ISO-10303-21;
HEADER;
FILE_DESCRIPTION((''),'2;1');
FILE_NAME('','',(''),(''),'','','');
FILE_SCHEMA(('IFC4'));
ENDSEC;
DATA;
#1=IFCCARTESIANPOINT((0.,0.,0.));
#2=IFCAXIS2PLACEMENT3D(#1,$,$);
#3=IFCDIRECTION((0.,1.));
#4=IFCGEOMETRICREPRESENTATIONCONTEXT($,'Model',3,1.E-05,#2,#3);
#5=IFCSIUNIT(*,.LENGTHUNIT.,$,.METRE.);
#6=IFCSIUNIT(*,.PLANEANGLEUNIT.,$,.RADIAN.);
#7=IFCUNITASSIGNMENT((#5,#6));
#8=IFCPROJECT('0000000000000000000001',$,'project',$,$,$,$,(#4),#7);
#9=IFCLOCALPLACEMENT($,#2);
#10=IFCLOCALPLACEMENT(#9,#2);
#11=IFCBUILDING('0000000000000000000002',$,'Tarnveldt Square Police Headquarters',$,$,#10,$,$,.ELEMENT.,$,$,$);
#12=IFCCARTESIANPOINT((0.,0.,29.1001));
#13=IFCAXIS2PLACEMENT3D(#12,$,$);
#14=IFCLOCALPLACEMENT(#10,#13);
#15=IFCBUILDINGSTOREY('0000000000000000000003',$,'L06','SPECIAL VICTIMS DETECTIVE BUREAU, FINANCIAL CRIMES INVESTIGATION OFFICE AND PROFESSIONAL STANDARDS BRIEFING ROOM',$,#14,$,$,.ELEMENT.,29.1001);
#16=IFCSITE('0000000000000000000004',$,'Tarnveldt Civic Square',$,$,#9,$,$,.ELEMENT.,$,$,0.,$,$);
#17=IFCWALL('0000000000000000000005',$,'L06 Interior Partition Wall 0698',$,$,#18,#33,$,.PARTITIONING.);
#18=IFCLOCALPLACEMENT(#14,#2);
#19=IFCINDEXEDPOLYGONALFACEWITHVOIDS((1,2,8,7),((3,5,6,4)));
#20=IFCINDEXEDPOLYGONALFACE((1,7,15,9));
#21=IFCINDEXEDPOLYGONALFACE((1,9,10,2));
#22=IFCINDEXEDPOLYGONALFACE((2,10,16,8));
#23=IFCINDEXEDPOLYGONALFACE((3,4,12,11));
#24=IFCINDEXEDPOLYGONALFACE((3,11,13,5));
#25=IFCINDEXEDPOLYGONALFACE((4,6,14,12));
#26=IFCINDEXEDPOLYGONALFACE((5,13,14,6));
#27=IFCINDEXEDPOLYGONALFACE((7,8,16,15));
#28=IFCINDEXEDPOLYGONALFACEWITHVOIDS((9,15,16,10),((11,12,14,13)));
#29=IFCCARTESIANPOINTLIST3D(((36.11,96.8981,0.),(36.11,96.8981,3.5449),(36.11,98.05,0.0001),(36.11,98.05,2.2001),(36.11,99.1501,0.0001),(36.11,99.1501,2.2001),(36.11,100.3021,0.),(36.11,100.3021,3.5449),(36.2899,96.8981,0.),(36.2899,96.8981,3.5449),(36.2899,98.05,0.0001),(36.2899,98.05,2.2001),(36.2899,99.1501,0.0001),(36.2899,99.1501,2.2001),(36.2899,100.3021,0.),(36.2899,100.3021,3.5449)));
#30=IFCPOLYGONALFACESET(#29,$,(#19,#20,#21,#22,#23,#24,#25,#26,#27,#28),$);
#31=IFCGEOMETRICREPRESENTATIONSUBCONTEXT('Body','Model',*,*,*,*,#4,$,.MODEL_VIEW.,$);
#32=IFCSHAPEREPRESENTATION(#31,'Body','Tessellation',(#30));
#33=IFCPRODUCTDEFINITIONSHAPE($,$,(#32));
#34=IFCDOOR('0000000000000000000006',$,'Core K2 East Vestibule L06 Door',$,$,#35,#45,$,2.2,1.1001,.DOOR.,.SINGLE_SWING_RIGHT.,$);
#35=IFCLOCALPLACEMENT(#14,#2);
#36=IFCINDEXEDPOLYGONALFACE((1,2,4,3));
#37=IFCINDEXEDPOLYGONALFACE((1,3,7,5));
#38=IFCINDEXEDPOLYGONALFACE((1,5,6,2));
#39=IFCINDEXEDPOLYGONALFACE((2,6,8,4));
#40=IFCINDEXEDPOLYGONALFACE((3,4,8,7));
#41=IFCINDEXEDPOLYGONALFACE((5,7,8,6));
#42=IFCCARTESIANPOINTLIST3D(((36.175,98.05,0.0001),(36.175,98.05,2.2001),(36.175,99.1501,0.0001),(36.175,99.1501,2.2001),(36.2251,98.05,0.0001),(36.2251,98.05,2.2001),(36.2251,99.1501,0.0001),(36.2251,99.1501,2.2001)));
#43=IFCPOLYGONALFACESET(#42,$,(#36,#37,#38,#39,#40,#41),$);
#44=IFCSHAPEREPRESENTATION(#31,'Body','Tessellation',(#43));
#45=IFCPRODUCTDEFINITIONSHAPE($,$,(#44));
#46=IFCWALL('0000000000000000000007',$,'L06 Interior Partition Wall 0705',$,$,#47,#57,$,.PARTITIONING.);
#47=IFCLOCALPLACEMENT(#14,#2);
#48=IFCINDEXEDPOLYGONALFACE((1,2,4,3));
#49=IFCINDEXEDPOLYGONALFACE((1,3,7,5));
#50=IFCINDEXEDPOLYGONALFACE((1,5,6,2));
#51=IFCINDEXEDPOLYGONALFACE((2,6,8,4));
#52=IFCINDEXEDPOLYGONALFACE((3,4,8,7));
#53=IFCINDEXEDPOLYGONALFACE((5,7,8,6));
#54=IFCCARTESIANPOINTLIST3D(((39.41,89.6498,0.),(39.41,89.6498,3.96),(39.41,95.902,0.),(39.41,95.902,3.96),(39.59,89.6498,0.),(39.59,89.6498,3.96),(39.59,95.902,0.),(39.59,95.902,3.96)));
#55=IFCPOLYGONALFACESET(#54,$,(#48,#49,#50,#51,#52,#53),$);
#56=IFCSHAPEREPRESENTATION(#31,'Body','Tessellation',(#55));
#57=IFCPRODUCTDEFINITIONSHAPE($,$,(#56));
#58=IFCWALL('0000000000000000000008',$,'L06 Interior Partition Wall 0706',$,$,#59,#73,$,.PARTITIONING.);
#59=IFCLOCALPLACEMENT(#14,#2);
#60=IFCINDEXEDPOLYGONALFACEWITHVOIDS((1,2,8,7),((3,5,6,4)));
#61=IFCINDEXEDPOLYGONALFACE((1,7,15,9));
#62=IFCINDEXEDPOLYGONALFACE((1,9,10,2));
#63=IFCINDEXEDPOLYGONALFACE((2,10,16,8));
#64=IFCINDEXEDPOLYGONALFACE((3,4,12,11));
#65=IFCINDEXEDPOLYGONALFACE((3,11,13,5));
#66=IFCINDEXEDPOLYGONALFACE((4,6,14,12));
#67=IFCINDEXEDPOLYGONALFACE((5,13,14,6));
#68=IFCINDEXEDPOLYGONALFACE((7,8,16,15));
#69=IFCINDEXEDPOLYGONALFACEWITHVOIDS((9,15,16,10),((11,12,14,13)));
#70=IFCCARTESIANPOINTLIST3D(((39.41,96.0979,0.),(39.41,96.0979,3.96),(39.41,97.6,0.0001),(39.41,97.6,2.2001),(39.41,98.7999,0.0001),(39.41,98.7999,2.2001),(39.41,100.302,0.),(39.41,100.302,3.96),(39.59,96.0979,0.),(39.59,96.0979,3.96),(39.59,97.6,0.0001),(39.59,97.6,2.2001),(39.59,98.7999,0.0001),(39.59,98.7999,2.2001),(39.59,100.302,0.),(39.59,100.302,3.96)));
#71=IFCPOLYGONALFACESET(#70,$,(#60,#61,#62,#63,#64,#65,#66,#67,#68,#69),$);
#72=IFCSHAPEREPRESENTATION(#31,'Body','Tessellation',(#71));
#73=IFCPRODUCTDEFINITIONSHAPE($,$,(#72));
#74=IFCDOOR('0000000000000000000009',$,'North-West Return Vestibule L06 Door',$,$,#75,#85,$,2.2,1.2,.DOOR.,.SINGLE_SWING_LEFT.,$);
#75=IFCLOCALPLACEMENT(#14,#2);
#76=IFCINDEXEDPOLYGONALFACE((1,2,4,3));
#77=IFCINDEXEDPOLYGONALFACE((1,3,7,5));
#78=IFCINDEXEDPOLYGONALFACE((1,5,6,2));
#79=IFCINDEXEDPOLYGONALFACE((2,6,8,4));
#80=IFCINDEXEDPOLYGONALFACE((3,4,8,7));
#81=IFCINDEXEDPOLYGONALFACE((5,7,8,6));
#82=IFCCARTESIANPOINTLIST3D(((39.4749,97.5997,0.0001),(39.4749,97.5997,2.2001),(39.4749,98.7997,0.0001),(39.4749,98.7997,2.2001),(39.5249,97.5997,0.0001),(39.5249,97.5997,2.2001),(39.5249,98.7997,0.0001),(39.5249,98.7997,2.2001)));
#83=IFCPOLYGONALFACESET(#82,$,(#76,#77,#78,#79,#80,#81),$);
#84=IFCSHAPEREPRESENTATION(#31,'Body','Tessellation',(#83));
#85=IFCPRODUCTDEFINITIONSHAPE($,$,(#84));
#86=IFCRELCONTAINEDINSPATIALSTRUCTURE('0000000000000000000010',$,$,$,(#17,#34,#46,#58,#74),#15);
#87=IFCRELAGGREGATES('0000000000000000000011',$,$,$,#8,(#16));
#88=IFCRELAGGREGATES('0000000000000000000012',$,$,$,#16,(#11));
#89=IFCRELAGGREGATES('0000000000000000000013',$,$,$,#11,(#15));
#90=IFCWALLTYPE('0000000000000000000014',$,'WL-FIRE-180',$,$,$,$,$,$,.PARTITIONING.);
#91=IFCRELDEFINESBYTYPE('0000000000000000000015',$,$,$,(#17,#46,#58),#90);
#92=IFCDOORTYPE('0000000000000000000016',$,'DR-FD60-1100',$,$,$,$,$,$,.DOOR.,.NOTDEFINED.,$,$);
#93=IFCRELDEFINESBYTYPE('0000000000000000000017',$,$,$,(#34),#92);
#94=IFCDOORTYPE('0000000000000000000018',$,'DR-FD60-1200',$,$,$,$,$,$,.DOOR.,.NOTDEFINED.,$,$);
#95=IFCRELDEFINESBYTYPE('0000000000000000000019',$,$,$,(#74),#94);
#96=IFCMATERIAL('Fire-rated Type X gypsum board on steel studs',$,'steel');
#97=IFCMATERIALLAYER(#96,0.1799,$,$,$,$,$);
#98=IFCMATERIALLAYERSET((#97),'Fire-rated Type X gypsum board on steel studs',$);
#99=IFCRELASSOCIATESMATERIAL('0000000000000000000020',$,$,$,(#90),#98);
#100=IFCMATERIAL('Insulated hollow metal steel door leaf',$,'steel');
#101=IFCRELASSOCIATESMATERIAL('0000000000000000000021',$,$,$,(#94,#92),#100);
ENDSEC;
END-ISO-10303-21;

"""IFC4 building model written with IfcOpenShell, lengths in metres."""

from ifc_helpers import new_model, si_unit, direction, frame, frame_2d, origin, place, context, subcontext, project, spatial, rectangle, extrude, material, layer, layer_set, type_object, element, fill, save


model = new_model("IFC4")

# Units and contexts
model_context = context("Model", 3, precision=1e-05, world=origin(), true_north=direction((0.0, 1.0)))
body_context = subcontext(model_context, "Body", "Model", "MODEL_VIEW")
ifc_project = project(units=[si_unit("LENGTHUNIT", "METRE"), si_unit("PLANEANGLEUNIT", "RADIAN")], contexts=[model_context])

# Site, building, storey
site_placement = place(None, origin())
site = spatial("IfcSite", under=ifc_project, at=site_placement, Name="Tarnveldt Civic Square", CompositionType="ELEMENT", RefElevation=0.0)
building_placement = place(site_placement, origin())
building = spatial("IfcBuilding", under=site, at=building_placement, Name="Tarnveldt Square Police Headquarters", CompositionType="ELEMENT")
storey_placement = place(building_placement, frame((0.0, 0.0, 29.1001)))
storey = spatial("IfcBuildingStorey", under=building, at=storey_placement, Name="L06", Description="SPECIAL VICTIMS DETECTIVE BUREAU, FINANCIAL CRIMES INVESTIGATION OFFICE AND PROFESSIONAL STANDARDS BRIEFING ROOM", CompositionType="ELEMENT", Elevation=29.1001)

# Shared definitions
ifc_material_1 = material(Name="Fire-rated Type X gypsum board on steel studs", Category="steel")
ifc_layer_1 = layer(ifc_material_1, 0.1799)
ifc_layer_set_1 = layer_set([ifc_layer_1], Name="Fire-rated Type X gypsum board on steel studs")
wall_type_1 = type_object("IfcWallType", Name="WL-FIRE-180", PredefinedType="PARTITIONING", material=ifc_layer_set_1)

# Wall, opening, door
ifc_material_2 = material(Name="Insulated hollow metal steel door leaf", Category="steel")
door_type_1 = type_object("IfcDoorType", Name="DR-FD60-1200", OperationType="NOTDEFINED", PredefinedType="DOOR", material=ifc_material_2)
wall_1_placement = place(storey_placement, frame((36.2, 96.8979, 0.0), z_axis=(0.0, 0.0, 1.0), x_axis=(0.0, 1.0, 0.0)))
wall_1 = element("IfcWall", 1, at=wall_1_placement, inside=storey, type_object=wall_type_1, Name="L06 Interior Partition Wall 0698", PredefinedType="PARTITIONING", context=body_context, shape_type="SweptSolid", body=[
    extrude(rectangle(XDim=3.4041, YDim=0.1799, at=frame_2d((1.7021, 0.0))), origin(), (0.0, 0.0, 1.0), 3.5449),
])
opening_1_placement = place(wall_1_placement, frame((1.1521, 0.0, 0.0)))
opening_1 = element("IfcOpeningElement", 2, at=opening_1_placement, cuts=wall_1, PredefinedType="OPENING", context=body_context, shape_type="SweptSolid", body=[
    extrude(rectangle(XDim=1.1001, YDim=2.2, at=frame_2d((0.55, 1.1001))), frame((0.0, 0.0999, 0.0), z_axis=(0.0, -1.0, 0.0), x_axis=(1.0, 0.0, 0.0)), (0.0, 0.0, 1.0), 0.2),
])
door_type_2 = type_object("IfcDoorType", Name="DR-FD60-1100", OperationType="NOTDEFINED", PredefinedType="DOOR", material=ifc_material_2)
door_1_placement = place(opening_1_placement, origin())
door_1 = element("IfcDoor", 3, at=door_1_placement, inside=storey, type_object=door_type_2, Name="Core K2 East Vestibule L06 Door", OperationType="SINGLE_SWING_RIGHT", OverallHeight=2.2, OverallWidth=1.1001, PredefinedType="DOOR", context=body_context, shape_type="SweptSolid", body=[
    extrude(rectangle(XDim=1.1001, YDim=2.2, at=frame_2d((0.55, 1.1001))), frame((0.0, 0.0249, 0.0), z_axis=(0.0, -1.0, 0.0), x_axis=(1.0, 0.0, 0.0)), (0.0, 0.0, 1.0), 0.05),
])
fill(opening_1, door_1)

# Wall
wall_2_placement = place(storey_placement, frame((39.5, 89.6499, 0.0), z_axis=(0.0, 0.0, 1.0), x_axis=(0.0, 1.0, 0.0)))
element("IfcWall", 4, at=wall_2_placement, inside=storey, type_object=wall_type_1, Name="L06 Interior Partition Wall 0705", PredefinedType="PARTITIONING", context=body_context, shape_type="SweptSolid", body=[
    extrude(rectangle(XDim=6.2522, YDim=0.1799, at=frame_2d((3.126, 0.0))), origin(), (0.0, 0.0, 1.0), 3.96),
])

# Wall, opening, door
wall_3_placement = place(storey_placement, frame((39.5, 96.0979, 0.0), z_axis=(0.0, 0.0, 1.0), x_axis=(0.0, 1.0, 0.0)))
wall_3 = element("IfcWall", 5, at=wall_3_placement, inside=storey, type_object=wall_type_1, Name="L06 Interior Partition Wall 0706", PredefinedType="PARTITIONING", context=body_context, shape_type="SweptSolid", body=[
    extrude(rectangle(XDim=4.2041, YDim=0.1799, at=frame_2d((2.1021, 0.0))), origin(), (0.0, 0.0, 1.0), 3.96),
])
opening_2_placement = place(wall_3_placement, frame((1.502, 0.0, 0.0)))
opening_2 = element("IfcOpeningElement", 6, at=opening_2_placement, cuts=wall_3, PredefinedType="OPENING", context=body_context, shape_type="SweptSolid", body=[
    extrude(rectangle(XDim=1.2, YDim=2.2, at=frame_2d((0.6001, 1.1001))), frame((0.0, 0.0999, 0.0), z_axis=(0.0, -1.0, 0.0), x_axis=(1.0, 0.0, 0.0)), (0.0, 0.0, 1.0), 0.2),
])
door_2_placement = place(opening_2_placement, frame((1.2, 0.0, 0.0), z_axis=(0.0, 0.0, 1.0), x_axis=(-1.0, 0.0, 0.0)))
door_2 = element("IfcDoor", 7, at=door_2_placement, inside=storey, type_object=door_type_1, Name="North-West Return Vestibule L06 Door", OperationType="SINGLE_SWING_LEFT", OverallHeight=2.2, OverallWidth=1.2, PredefinedType="DOOR", context=body_context, shape_type="SweptSolid", body=[
    extrude(rectangle(XDim=1.2, YDim=2.2, at=frame_2d((0.6001, 1.1001))), frame((0.0, 0.0249, 0.0), z_axis=(0.0, -1.0, 0.0), x_axis=(1.0, 0.0, 0.0)), (0.0, 0.0, 1.0), 0.05),
])
fill(opening_2, door_2)

save(model, "model.ifc")
